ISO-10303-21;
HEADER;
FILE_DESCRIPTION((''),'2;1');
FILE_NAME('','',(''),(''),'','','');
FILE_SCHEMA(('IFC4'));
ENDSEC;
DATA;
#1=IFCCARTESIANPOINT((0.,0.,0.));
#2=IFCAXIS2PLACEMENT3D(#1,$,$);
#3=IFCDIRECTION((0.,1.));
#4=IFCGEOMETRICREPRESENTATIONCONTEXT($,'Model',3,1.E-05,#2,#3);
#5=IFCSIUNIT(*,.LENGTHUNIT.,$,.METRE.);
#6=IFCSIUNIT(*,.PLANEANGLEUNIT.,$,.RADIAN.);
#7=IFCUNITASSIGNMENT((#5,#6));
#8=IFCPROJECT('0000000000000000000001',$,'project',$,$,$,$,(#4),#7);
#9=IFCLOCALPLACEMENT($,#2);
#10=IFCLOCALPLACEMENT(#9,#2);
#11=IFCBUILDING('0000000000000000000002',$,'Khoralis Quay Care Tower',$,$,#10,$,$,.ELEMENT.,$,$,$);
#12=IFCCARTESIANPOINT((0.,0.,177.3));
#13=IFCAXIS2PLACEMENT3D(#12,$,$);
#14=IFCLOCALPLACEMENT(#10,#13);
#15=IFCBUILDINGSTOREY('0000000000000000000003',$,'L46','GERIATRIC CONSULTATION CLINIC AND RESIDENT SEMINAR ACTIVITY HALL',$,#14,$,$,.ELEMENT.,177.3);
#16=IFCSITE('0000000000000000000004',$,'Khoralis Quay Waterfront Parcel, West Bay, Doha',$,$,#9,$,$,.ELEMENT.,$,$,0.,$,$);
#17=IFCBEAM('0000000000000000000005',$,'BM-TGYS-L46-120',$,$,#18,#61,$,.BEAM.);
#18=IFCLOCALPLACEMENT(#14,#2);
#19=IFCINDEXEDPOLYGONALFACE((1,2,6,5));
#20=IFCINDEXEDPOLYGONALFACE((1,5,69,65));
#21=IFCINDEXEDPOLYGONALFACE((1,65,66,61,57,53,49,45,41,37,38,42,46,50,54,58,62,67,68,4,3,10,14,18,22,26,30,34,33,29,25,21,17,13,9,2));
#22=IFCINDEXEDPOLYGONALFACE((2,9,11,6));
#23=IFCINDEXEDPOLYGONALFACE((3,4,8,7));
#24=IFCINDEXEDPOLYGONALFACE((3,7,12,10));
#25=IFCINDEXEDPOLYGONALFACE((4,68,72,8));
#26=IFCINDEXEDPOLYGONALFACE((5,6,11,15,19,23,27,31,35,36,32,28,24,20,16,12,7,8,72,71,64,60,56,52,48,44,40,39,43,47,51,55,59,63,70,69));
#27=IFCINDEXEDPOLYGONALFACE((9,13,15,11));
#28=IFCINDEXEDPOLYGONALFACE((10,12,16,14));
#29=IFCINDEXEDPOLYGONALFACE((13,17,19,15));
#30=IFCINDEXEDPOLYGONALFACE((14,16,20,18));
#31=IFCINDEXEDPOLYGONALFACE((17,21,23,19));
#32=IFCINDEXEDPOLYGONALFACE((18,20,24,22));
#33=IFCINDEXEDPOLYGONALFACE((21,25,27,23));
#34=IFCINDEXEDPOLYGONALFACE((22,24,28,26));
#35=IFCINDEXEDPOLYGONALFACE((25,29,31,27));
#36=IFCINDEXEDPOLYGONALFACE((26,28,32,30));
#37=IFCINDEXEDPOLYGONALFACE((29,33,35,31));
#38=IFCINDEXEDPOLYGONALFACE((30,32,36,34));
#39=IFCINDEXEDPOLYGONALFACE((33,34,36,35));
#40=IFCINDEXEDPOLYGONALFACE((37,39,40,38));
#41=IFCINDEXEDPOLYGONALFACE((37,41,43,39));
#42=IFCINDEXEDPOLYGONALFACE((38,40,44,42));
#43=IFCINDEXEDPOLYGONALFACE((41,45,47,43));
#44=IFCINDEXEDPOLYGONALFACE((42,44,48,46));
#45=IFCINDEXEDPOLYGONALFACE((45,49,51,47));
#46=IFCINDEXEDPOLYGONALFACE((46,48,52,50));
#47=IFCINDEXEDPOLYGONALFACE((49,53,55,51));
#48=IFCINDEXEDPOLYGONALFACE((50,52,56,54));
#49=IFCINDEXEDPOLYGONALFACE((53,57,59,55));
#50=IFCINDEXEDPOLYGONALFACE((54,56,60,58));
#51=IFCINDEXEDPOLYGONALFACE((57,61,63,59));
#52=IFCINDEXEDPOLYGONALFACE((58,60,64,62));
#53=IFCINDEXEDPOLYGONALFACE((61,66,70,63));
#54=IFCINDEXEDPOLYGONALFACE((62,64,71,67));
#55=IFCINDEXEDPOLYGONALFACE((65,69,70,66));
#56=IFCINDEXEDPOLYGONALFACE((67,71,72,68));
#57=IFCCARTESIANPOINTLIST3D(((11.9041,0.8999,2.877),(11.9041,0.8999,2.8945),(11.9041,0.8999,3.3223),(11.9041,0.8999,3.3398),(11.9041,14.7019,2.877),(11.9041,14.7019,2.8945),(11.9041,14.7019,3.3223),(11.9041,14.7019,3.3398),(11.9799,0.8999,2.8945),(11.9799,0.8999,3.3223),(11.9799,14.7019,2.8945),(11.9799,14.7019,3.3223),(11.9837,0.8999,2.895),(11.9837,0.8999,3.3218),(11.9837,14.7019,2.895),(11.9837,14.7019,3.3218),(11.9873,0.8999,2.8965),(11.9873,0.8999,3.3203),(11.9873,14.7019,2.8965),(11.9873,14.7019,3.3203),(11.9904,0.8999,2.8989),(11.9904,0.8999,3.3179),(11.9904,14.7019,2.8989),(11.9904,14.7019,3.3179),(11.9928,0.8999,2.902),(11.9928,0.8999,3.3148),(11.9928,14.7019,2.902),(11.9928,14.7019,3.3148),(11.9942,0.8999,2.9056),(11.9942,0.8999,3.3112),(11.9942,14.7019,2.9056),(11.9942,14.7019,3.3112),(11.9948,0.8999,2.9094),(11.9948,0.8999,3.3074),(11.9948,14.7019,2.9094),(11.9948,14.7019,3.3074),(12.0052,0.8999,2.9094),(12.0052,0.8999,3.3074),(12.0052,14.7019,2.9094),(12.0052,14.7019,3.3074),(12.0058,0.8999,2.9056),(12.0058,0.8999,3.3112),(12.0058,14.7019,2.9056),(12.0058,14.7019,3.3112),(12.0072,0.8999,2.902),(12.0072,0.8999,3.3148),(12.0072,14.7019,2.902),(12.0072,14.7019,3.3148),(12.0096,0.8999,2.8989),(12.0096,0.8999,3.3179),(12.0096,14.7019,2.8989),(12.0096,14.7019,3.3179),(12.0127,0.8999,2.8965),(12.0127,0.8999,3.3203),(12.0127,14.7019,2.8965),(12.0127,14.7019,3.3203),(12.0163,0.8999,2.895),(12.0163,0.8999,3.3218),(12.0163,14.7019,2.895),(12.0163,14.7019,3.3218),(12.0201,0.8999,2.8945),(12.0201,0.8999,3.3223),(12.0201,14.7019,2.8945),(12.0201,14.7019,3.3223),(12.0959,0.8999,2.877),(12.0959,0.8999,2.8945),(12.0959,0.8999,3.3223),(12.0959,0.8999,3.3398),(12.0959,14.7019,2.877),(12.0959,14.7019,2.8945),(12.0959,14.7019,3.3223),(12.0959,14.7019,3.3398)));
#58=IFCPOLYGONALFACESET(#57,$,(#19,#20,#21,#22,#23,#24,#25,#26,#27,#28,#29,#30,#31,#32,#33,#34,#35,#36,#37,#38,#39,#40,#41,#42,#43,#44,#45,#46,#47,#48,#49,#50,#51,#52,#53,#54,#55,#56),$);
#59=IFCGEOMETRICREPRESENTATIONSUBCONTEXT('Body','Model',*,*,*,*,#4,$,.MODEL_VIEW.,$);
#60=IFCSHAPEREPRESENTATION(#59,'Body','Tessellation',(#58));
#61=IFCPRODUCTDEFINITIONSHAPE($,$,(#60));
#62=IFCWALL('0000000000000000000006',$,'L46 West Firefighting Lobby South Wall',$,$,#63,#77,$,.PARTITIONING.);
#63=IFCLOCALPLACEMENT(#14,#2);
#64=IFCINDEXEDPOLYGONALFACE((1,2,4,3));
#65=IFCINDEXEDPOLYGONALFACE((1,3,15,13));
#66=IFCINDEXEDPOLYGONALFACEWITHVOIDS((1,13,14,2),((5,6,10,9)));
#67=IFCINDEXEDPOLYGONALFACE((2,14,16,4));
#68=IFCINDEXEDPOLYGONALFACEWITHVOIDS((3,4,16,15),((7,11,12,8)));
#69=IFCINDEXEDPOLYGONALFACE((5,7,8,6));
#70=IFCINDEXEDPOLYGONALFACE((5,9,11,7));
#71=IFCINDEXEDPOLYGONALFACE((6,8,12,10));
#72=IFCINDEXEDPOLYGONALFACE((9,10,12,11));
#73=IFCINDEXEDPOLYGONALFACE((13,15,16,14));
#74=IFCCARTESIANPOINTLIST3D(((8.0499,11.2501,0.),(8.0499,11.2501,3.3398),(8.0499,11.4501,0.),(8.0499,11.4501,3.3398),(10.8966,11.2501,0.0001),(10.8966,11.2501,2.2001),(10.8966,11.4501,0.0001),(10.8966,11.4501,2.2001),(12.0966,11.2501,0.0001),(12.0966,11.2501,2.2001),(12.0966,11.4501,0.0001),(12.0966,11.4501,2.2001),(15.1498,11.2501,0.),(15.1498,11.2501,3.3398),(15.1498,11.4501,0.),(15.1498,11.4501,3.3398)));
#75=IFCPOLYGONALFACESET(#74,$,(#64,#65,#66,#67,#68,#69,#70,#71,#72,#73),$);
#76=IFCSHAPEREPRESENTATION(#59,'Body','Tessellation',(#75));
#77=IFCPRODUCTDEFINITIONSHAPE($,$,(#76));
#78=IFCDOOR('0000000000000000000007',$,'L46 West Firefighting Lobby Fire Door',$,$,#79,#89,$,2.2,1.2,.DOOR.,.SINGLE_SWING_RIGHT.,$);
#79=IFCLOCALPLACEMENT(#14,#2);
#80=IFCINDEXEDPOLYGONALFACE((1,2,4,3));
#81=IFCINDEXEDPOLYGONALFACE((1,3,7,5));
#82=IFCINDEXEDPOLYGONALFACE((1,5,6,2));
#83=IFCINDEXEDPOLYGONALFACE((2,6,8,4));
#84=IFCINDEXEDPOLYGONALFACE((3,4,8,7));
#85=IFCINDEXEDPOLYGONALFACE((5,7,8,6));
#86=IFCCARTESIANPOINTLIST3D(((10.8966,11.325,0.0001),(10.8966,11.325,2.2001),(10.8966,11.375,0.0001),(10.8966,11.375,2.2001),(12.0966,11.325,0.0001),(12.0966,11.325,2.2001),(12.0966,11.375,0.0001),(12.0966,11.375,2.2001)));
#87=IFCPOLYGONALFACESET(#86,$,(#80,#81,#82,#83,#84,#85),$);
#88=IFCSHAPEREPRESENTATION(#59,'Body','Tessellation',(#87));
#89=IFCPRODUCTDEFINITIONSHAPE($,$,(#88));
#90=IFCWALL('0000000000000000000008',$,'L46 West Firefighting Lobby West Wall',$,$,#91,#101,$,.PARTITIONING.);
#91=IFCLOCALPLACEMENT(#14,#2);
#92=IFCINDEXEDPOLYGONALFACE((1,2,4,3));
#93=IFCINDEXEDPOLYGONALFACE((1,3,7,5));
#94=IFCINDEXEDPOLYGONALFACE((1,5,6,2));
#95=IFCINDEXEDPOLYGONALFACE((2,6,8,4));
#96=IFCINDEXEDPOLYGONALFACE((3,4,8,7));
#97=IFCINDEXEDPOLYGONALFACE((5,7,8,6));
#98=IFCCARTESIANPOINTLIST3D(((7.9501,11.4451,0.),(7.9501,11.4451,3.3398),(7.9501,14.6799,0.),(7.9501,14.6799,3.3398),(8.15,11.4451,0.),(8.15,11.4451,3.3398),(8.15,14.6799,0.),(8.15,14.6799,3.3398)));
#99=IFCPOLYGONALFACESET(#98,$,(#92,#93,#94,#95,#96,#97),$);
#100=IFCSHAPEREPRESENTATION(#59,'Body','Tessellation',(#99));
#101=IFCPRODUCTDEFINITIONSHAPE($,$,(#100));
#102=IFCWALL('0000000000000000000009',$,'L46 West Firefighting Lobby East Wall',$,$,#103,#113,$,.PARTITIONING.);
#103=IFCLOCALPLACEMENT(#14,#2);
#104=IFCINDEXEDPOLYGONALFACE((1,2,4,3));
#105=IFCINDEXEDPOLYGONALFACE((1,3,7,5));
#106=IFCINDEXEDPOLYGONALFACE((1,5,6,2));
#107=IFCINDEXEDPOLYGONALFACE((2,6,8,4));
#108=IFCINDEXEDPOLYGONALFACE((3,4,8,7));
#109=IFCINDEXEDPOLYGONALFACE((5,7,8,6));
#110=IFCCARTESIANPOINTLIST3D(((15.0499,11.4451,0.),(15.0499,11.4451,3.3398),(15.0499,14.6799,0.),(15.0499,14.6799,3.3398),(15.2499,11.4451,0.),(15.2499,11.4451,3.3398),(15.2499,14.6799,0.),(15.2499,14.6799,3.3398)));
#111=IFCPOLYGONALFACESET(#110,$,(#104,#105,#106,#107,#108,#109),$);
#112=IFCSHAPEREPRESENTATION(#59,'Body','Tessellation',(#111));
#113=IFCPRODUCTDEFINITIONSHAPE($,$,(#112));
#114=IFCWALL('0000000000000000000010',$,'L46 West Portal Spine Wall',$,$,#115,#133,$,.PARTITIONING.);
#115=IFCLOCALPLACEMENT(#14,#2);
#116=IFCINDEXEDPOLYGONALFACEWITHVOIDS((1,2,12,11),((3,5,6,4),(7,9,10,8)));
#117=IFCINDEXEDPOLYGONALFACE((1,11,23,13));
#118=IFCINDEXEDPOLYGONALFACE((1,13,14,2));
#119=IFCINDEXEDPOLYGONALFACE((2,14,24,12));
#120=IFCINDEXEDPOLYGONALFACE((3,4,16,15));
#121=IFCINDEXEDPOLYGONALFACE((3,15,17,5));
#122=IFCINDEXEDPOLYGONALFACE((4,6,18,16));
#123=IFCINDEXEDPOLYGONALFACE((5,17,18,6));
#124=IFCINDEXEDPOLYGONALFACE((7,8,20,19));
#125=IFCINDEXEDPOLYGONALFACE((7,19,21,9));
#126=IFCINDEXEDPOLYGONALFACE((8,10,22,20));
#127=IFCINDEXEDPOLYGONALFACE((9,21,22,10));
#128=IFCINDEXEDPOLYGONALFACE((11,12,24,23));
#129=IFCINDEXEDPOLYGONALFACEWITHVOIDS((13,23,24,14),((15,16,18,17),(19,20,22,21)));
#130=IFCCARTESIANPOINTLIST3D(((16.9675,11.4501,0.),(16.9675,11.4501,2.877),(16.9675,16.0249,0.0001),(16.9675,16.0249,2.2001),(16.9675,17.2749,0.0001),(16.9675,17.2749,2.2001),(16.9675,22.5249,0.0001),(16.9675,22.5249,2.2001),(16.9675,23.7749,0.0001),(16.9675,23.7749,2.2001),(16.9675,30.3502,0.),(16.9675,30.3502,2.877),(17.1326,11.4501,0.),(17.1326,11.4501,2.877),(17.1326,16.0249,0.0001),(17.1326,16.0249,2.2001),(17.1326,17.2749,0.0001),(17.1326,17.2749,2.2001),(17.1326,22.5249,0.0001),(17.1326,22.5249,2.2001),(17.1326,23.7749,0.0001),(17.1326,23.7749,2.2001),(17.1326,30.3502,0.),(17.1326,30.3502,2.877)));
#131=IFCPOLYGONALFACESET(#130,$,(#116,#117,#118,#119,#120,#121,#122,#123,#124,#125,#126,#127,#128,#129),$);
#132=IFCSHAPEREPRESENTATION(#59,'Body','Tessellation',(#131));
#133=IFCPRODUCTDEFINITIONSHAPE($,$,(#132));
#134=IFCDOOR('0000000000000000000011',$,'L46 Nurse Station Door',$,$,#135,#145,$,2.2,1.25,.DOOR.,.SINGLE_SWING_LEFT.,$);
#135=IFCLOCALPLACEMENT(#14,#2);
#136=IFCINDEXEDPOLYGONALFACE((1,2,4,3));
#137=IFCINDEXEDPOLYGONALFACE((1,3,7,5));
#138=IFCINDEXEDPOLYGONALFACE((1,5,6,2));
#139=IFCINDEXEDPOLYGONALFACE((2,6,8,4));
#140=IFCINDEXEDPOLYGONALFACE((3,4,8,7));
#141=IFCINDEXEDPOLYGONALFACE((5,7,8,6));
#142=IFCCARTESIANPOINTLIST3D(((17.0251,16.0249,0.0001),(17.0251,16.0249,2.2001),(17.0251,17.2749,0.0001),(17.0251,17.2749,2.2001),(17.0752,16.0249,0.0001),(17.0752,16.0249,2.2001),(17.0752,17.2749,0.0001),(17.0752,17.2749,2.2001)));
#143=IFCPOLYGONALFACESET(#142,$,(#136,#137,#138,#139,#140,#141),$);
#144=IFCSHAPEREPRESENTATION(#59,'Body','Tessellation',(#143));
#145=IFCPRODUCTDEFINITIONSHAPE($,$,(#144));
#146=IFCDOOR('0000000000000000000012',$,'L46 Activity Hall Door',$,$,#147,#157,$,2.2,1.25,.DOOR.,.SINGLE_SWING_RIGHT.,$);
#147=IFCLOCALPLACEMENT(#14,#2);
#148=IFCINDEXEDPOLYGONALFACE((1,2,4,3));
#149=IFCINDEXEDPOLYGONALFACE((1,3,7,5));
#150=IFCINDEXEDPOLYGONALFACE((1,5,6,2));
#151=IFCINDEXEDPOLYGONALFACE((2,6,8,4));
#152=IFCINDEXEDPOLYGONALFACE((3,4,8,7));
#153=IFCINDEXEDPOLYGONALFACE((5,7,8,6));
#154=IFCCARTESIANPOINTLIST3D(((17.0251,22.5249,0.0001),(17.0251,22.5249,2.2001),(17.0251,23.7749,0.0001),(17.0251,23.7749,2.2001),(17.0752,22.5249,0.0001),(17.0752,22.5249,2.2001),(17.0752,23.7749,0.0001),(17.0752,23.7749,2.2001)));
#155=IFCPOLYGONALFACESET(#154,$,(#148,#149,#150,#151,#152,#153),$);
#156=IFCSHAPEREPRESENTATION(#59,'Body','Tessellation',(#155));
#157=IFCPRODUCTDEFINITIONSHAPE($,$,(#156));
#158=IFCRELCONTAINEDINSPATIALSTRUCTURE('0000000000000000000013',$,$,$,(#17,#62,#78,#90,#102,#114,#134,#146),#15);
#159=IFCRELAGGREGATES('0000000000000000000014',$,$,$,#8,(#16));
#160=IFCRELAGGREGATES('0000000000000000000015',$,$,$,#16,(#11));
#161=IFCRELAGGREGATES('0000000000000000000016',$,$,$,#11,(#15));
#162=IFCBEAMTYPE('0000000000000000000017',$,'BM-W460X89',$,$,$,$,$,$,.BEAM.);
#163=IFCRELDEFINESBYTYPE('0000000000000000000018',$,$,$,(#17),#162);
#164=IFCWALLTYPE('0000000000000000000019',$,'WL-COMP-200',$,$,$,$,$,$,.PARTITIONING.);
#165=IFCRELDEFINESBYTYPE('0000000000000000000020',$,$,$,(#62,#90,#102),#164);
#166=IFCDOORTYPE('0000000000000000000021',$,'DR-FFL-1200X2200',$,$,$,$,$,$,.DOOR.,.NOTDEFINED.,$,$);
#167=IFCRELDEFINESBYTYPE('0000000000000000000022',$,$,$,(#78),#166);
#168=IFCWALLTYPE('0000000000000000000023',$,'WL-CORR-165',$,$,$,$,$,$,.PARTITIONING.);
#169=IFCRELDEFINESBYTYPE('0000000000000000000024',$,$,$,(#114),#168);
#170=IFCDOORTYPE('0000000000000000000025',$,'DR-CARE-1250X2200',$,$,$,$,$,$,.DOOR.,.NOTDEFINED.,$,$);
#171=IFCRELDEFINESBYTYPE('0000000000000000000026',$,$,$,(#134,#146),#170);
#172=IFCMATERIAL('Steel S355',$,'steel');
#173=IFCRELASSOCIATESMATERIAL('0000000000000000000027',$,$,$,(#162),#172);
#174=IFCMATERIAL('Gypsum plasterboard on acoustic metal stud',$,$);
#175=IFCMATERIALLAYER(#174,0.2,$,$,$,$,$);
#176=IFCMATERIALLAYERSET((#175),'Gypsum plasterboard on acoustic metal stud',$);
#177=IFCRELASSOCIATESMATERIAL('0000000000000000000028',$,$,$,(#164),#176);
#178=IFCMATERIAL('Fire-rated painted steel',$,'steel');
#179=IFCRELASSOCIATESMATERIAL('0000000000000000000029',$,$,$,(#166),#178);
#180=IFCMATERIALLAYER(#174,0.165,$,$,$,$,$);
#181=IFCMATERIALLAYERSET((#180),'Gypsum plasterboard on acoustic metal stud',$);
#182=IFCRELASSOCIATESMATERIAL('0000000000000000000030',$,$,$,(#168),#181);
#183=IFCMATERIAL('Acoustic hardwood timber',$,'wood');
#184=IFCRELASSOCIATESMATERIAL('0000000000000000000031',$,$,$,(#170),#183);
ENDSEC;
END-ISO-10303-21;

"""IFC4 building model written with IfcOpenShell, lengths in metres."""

from ifc_helpers import new_model, si_unit, direction, frame, frame_2d, origin, origin_2d, place, context, subcontext, project, spatial, rectangle, i_section, extrude, source, transform, mapped, material, layer, layer_set, material_profile, profile_set, type_object, element, fill, save


model = new_model("IFC4")

# Units and contexts
model_context = context("Model", 3, precision=1e-05, world=origin(), true_north=direction((0.0, 1.0)))
body_context = subcontext(model_context, "Body", "Model", "MODEL_VIEW")
ifc_project = project(units=[si_unit("LENGTHUNIT", "METRE"), si_unit("PLANEANGLEUNIT", "RADIAN")], contexts=[model_context])

# Site, building, storey
site_placement = place(None, origin())
site = spatial("IfcSite", under=ifc_project, at=site_placement, Name="Khoralis Quay Waterfront Parcel, West Bay, Doha", CompositionType="ELEMENT", RefElevation=0.0)
building_placement = place(site_placement, origin())
building = spatial("IfcBuilding", under=site, at=building_placement, Name="Khoralis Quay Care Tower", CompositionType="ELEMENT")
storey_placement = place(building_placement, frame((0.0, 0.0, 177.3)))
storey = spatial("IfcBuildingStorey", under=building, at=storey_placement, Name="L46", Description="GERIATRIC CONSULTATION CLINIC AND RESIDENT SEMINAR ACTIVITY HALL", CompositionType="ELEMENT", Elevation=177.3)

# Beam
ifc_material_1 = material(Name="Steel S355", Category="steel")
ifc_material_profile_1 = material_profile(ifc_material_1, i_section(OverallWidth=0.1919, OverallDepth=0.4629, WebThickness=0.0105, FlangeThickness=0.0176, FilletRadius=0.0149, at=origin_2d()), Name="Steel S355")
ifc_profile_set_1 = profile_set([ifc_material_profile_1], Name="Steel S355")
beam_type_1 = type_object("IfcBeamType", Name="BM-W460X89", PredefinedType="BEAM", material=ifc_profile_set_1)
shared_shape_1 = source(origin(), body_context, "Body", "SweptSolid", [
    extrude(i_section(OverallWidth=0.1919, OverallDepth=0.4629, WebThickness=0.0105, FlangeThickness=0.0176, FilletRadius=0.0149, at=origin_2d()), origin(), (0.0, 0.0, 1.0), 13.802),
])
beam_1_placement = place(storey_placement, frame((12.0, 0.8999, 3.1084), z_axis=(0.0, 1.0, 0.0), x_axis=(-1.0, 0.0, 0.0)))
element("IfcBeam", 1, at=beam_1_placement, inside=storey, type_object=beam_type_1, Name="BM-TGYS-L46-120", PredefinedType="BEAM", context=body_context, shape_type="MappedRepresentation", body=[
    mapped(shared_shape_1, transform((0.0, 0.0, 0.0), scale=1.0)),
])

# Wall, opening, door
ifc_material_2 = material(Name="Gypsum plasterboard on acoustic metal stud")
ifc_layer_1 = layer(ifc_material_2, 0.2)
ifc_layer_set_1 = layer_set([ifc_layer_1], Name="Gypsum plasterboard on acoustic metal stud")
wall_type_1 = type_object("IfcWallType", Name="WL-COMP-200", PredefinedType="PARTITIONING", material=ifc_layer_set_1)
wall_1_placement = place(storey_placement, frame((8.05, 11.3501, 0.0), z_axis=(0.0, 0.0, 1.0), x_axis=(1.0, 0.0, 0.0)))
wall_1 = element("IfcWall", 2, at=wall_1_placement, inside=storey, type_object=wall_type_1, Name="L46 West Firefighting Lobby South Wall", PredefinedType="PARTITIONING", context=body_context, shape_type="SweptSolid", body=[
    extrude(rectangle(XDim=7.0999, YDim=0.2, at=frame_2d((3.5498, 0.0))), origin(), (0.0, 0.0, 1.0), 3.3398),
])
opening_1_placement = place(wall_1_placement, frame((2.8464, 0.0, 0.0)))
opening_1 = element("IfcOpeningElement", 3, at=opening_1_placement, cuts=wall_1, PredefinedType="OPENING", context=body_context, shape_type="SweptSolid", body=[
    extrude(rectangle(XDim=1.2, YDim=2.2, at=frame_2d((0.6001, 1.1001))), frame((0.0, 0.1099, 0.0), z_axis=(0.0, -1.0, 0.0), x_axis=(1.0, 0.0, 0.0)), (0.0, 0.0, 1.0), 0.22),
])
ifc_material_3 = material(Name="Fire-rated painted steel", Category="steel")
door_type_1 = type_object("IfcDoorType", Name="DR-FFL-1200X2200", OperationType="NOTDEFINED", PredefinedType="DOOR", material=ifc_material_3)
shared_shape_2 = source(origin(), body_context, "Body", "SweptSolid", [
    extrude(rectangle(XDim=1.2, YDim=2.2, at=frame_2d((0.6001, 1.1001))), frame((0.0, 0.0249, 0.0), z_axis=(0.0, -1.0, 0.0), x_axis=(1.0, 0.0, 0.0)), (0.0, 0.0, 1.0), 0.05),
])
door_1_placement = place(opening_1_placement, origin())
door_1 = element("IfcDoor", 4, at=door_1_placement, inside=storey, type_object=door_type_1, Name="L46 West Firefighting Lobby Fire Door", OperationType="SINGLE_SWING_RIGHT", OverallHeight=2.2, OverallWidth=1.2, PredefinedType="DOOR", context=body_context, shape_type="MappedRepresentation", body=[
    mapped(shared_shape_2, transform((0.0, 0.0, 0.0), scale=1.0)),
])
fill(opening_1, door_1)

# Walls
for number, where, z_axis, x_axis, name in (
    (5, (8.05, 11.4451, 0.0), (0.0, 0.0, 1.0), (0.0, 1.0, 0.0), "L46 West Firefighting Lobby West Wall"),
    (6, (15.1499, 11.4451, 0.0), (0.0, 0.0, 1.0), (0.0, 1.0, 0.0), "L46 West Firefighting Lobby East Wall"),
):
    element("IfcWall", number, at=place(storey_placement, frame(where, z_axis=z_axis, x_axis=x_axis)), inside=storey, type_object=wall_type_1, Name=name, PredefinedType="PARTITIONING", context=body_context, shape_type="SweptSolid", body=[
        extrude(rectangle(XDim=3.2349, YDim=0.2, at=frame_2d((1.6174, 0.0))), origin(), (0.0, 0.0, 1.0), 3.3398),
    ])

# Wall, openings, doors
ifc_layer_2 = layer(ifc_material_2, 0.165)
ifc_layer_set_2 = layer_set([ifc_layer_2], Name="Gypsum plasterboard on acoustic metal stud")
wall_type_2 = type_object("IfcWallType", Name="WL-CORR-165", PredefinedType="PARTITIONING", material=ifc_layer_set_2)
wall_2_placement = place(storey_placement, frame((17.05, 11.45, 0.0), z_axis=(0.0, 0.0, 1.0), x_axis=(0.0, 1.0, 0.0)))
wall_2 = element("IfcWall", 7, at=wall_2_placement, inside=storey, type_object=wall_type_2, Name="L46 West Portal Spine Wall", PredefinedType="PARTITIONING", context=body_context, shape_type="SweptSolid", body=[
    extrude(rectangle(XDim=18.9001, YDim=0.165, at=frame_2d((9.4502, 0.0))), origin(), (0.0, 0.0, 1.0), 2.877),
])
opening_2_placement = place(wall_2_placement, frame((4.575, 0.0, 0.0)))
opening_2 = element("IfcOpeningElement", 8, at=opening_2_placement, cuts=wall_2, PredefinedType="OPENING", context=body_context, shape_type="SweptSolid", body=[
    extrude(rectangle(XDim=1.25, YDim=2.2, at=frame_2d((0.625, 1.1001))), frame((0.0, 0.0925, 0.0), z_axis=(0.0, -1.0, 0.0), x_axis=(1.0, 0.0, 0.0)), (0.0, 0.0, 1.0), 0.1851),
])
opening_3_placement = place(wall_2_placement, frame((11.075, 0.0, 0.0)))
opening_3 = element("IfcOpeningElement", 9, at=opening_3_placement, cuts=wall_2, PredefinedType="OPENING", context=body_context, shape_type="SweptSolid", body=[
    extrude(rectangle(XDim=1.25, YDim=2.2, at=frame_2d((0.625, 1.1001))), frame((0.0, 0.0925, 0.0), z_axis=(0.0, -1.0, 0.0), x_axis=(1.0, 0.0, 0.0)), (0.0, 0.0, 1.0), 0.1851),
])
ifc_material_4 = material(Name="Acoustic hardwood timber", Category="wood")
door_type_2 = type_object("IfcDoorType", Name="DR-CARE-1250X2200", OperationType="NOTDEFINED", PredefinedType="DOOR", material=ifc_material_4)
shared_shape_3 = source(origin(), body_context, "Body", "SweptSolid", [
    extrude(rectangle(XDim=1.25, YDim=2.2, at=frame_2d((0.625, 1.1001))), frame((0.0, 0.0249, 0.0), z_axis=(0.0, -1.0, 0.0), x_axis=(1.0, 0.0, 0.0)), (0.0, 0.0, 1.0), 0.05),
])
door_2_placement = place(opening_2_placement, origin())
door_2 = element("IfcDoor", 10, at=door_2_placement, inside=storey, type_object=door_type_2, Name="L46 Nurse Station Door", OperationType="SINGLE_SWING_LEFT", OverallHeight=2.2, OverallWidth=1.25, PredefinedType="DOOR", context=body_context, shape_type="MappedRepresentation", body=[
    mapped(shared_shape_3, transform((0.0, 0.0, 0.0), scale=1.0)),
])
fill(opening_2, door_2)
door_3_placement = place(opening_3_placement, origin())
door_3 = element("IfcDoor", 11, at=door_3_placement, inside=storey, type_object=door_type_2, Name="L46 Activity Hall Door", OperationType="SINGLE_SWING_RIGHT", OverallHeight=2.2, OverallWidth=1.25, PredefinedType="DOOR", context=body_context, shape_type="MappedRepresentation", body=[
    mapped(shared_shape_3, transform((0.0, 0.0, 0.0), scale=1.0)),
])
fill(opening_3, door_3)

save(model, "model.ifc")
